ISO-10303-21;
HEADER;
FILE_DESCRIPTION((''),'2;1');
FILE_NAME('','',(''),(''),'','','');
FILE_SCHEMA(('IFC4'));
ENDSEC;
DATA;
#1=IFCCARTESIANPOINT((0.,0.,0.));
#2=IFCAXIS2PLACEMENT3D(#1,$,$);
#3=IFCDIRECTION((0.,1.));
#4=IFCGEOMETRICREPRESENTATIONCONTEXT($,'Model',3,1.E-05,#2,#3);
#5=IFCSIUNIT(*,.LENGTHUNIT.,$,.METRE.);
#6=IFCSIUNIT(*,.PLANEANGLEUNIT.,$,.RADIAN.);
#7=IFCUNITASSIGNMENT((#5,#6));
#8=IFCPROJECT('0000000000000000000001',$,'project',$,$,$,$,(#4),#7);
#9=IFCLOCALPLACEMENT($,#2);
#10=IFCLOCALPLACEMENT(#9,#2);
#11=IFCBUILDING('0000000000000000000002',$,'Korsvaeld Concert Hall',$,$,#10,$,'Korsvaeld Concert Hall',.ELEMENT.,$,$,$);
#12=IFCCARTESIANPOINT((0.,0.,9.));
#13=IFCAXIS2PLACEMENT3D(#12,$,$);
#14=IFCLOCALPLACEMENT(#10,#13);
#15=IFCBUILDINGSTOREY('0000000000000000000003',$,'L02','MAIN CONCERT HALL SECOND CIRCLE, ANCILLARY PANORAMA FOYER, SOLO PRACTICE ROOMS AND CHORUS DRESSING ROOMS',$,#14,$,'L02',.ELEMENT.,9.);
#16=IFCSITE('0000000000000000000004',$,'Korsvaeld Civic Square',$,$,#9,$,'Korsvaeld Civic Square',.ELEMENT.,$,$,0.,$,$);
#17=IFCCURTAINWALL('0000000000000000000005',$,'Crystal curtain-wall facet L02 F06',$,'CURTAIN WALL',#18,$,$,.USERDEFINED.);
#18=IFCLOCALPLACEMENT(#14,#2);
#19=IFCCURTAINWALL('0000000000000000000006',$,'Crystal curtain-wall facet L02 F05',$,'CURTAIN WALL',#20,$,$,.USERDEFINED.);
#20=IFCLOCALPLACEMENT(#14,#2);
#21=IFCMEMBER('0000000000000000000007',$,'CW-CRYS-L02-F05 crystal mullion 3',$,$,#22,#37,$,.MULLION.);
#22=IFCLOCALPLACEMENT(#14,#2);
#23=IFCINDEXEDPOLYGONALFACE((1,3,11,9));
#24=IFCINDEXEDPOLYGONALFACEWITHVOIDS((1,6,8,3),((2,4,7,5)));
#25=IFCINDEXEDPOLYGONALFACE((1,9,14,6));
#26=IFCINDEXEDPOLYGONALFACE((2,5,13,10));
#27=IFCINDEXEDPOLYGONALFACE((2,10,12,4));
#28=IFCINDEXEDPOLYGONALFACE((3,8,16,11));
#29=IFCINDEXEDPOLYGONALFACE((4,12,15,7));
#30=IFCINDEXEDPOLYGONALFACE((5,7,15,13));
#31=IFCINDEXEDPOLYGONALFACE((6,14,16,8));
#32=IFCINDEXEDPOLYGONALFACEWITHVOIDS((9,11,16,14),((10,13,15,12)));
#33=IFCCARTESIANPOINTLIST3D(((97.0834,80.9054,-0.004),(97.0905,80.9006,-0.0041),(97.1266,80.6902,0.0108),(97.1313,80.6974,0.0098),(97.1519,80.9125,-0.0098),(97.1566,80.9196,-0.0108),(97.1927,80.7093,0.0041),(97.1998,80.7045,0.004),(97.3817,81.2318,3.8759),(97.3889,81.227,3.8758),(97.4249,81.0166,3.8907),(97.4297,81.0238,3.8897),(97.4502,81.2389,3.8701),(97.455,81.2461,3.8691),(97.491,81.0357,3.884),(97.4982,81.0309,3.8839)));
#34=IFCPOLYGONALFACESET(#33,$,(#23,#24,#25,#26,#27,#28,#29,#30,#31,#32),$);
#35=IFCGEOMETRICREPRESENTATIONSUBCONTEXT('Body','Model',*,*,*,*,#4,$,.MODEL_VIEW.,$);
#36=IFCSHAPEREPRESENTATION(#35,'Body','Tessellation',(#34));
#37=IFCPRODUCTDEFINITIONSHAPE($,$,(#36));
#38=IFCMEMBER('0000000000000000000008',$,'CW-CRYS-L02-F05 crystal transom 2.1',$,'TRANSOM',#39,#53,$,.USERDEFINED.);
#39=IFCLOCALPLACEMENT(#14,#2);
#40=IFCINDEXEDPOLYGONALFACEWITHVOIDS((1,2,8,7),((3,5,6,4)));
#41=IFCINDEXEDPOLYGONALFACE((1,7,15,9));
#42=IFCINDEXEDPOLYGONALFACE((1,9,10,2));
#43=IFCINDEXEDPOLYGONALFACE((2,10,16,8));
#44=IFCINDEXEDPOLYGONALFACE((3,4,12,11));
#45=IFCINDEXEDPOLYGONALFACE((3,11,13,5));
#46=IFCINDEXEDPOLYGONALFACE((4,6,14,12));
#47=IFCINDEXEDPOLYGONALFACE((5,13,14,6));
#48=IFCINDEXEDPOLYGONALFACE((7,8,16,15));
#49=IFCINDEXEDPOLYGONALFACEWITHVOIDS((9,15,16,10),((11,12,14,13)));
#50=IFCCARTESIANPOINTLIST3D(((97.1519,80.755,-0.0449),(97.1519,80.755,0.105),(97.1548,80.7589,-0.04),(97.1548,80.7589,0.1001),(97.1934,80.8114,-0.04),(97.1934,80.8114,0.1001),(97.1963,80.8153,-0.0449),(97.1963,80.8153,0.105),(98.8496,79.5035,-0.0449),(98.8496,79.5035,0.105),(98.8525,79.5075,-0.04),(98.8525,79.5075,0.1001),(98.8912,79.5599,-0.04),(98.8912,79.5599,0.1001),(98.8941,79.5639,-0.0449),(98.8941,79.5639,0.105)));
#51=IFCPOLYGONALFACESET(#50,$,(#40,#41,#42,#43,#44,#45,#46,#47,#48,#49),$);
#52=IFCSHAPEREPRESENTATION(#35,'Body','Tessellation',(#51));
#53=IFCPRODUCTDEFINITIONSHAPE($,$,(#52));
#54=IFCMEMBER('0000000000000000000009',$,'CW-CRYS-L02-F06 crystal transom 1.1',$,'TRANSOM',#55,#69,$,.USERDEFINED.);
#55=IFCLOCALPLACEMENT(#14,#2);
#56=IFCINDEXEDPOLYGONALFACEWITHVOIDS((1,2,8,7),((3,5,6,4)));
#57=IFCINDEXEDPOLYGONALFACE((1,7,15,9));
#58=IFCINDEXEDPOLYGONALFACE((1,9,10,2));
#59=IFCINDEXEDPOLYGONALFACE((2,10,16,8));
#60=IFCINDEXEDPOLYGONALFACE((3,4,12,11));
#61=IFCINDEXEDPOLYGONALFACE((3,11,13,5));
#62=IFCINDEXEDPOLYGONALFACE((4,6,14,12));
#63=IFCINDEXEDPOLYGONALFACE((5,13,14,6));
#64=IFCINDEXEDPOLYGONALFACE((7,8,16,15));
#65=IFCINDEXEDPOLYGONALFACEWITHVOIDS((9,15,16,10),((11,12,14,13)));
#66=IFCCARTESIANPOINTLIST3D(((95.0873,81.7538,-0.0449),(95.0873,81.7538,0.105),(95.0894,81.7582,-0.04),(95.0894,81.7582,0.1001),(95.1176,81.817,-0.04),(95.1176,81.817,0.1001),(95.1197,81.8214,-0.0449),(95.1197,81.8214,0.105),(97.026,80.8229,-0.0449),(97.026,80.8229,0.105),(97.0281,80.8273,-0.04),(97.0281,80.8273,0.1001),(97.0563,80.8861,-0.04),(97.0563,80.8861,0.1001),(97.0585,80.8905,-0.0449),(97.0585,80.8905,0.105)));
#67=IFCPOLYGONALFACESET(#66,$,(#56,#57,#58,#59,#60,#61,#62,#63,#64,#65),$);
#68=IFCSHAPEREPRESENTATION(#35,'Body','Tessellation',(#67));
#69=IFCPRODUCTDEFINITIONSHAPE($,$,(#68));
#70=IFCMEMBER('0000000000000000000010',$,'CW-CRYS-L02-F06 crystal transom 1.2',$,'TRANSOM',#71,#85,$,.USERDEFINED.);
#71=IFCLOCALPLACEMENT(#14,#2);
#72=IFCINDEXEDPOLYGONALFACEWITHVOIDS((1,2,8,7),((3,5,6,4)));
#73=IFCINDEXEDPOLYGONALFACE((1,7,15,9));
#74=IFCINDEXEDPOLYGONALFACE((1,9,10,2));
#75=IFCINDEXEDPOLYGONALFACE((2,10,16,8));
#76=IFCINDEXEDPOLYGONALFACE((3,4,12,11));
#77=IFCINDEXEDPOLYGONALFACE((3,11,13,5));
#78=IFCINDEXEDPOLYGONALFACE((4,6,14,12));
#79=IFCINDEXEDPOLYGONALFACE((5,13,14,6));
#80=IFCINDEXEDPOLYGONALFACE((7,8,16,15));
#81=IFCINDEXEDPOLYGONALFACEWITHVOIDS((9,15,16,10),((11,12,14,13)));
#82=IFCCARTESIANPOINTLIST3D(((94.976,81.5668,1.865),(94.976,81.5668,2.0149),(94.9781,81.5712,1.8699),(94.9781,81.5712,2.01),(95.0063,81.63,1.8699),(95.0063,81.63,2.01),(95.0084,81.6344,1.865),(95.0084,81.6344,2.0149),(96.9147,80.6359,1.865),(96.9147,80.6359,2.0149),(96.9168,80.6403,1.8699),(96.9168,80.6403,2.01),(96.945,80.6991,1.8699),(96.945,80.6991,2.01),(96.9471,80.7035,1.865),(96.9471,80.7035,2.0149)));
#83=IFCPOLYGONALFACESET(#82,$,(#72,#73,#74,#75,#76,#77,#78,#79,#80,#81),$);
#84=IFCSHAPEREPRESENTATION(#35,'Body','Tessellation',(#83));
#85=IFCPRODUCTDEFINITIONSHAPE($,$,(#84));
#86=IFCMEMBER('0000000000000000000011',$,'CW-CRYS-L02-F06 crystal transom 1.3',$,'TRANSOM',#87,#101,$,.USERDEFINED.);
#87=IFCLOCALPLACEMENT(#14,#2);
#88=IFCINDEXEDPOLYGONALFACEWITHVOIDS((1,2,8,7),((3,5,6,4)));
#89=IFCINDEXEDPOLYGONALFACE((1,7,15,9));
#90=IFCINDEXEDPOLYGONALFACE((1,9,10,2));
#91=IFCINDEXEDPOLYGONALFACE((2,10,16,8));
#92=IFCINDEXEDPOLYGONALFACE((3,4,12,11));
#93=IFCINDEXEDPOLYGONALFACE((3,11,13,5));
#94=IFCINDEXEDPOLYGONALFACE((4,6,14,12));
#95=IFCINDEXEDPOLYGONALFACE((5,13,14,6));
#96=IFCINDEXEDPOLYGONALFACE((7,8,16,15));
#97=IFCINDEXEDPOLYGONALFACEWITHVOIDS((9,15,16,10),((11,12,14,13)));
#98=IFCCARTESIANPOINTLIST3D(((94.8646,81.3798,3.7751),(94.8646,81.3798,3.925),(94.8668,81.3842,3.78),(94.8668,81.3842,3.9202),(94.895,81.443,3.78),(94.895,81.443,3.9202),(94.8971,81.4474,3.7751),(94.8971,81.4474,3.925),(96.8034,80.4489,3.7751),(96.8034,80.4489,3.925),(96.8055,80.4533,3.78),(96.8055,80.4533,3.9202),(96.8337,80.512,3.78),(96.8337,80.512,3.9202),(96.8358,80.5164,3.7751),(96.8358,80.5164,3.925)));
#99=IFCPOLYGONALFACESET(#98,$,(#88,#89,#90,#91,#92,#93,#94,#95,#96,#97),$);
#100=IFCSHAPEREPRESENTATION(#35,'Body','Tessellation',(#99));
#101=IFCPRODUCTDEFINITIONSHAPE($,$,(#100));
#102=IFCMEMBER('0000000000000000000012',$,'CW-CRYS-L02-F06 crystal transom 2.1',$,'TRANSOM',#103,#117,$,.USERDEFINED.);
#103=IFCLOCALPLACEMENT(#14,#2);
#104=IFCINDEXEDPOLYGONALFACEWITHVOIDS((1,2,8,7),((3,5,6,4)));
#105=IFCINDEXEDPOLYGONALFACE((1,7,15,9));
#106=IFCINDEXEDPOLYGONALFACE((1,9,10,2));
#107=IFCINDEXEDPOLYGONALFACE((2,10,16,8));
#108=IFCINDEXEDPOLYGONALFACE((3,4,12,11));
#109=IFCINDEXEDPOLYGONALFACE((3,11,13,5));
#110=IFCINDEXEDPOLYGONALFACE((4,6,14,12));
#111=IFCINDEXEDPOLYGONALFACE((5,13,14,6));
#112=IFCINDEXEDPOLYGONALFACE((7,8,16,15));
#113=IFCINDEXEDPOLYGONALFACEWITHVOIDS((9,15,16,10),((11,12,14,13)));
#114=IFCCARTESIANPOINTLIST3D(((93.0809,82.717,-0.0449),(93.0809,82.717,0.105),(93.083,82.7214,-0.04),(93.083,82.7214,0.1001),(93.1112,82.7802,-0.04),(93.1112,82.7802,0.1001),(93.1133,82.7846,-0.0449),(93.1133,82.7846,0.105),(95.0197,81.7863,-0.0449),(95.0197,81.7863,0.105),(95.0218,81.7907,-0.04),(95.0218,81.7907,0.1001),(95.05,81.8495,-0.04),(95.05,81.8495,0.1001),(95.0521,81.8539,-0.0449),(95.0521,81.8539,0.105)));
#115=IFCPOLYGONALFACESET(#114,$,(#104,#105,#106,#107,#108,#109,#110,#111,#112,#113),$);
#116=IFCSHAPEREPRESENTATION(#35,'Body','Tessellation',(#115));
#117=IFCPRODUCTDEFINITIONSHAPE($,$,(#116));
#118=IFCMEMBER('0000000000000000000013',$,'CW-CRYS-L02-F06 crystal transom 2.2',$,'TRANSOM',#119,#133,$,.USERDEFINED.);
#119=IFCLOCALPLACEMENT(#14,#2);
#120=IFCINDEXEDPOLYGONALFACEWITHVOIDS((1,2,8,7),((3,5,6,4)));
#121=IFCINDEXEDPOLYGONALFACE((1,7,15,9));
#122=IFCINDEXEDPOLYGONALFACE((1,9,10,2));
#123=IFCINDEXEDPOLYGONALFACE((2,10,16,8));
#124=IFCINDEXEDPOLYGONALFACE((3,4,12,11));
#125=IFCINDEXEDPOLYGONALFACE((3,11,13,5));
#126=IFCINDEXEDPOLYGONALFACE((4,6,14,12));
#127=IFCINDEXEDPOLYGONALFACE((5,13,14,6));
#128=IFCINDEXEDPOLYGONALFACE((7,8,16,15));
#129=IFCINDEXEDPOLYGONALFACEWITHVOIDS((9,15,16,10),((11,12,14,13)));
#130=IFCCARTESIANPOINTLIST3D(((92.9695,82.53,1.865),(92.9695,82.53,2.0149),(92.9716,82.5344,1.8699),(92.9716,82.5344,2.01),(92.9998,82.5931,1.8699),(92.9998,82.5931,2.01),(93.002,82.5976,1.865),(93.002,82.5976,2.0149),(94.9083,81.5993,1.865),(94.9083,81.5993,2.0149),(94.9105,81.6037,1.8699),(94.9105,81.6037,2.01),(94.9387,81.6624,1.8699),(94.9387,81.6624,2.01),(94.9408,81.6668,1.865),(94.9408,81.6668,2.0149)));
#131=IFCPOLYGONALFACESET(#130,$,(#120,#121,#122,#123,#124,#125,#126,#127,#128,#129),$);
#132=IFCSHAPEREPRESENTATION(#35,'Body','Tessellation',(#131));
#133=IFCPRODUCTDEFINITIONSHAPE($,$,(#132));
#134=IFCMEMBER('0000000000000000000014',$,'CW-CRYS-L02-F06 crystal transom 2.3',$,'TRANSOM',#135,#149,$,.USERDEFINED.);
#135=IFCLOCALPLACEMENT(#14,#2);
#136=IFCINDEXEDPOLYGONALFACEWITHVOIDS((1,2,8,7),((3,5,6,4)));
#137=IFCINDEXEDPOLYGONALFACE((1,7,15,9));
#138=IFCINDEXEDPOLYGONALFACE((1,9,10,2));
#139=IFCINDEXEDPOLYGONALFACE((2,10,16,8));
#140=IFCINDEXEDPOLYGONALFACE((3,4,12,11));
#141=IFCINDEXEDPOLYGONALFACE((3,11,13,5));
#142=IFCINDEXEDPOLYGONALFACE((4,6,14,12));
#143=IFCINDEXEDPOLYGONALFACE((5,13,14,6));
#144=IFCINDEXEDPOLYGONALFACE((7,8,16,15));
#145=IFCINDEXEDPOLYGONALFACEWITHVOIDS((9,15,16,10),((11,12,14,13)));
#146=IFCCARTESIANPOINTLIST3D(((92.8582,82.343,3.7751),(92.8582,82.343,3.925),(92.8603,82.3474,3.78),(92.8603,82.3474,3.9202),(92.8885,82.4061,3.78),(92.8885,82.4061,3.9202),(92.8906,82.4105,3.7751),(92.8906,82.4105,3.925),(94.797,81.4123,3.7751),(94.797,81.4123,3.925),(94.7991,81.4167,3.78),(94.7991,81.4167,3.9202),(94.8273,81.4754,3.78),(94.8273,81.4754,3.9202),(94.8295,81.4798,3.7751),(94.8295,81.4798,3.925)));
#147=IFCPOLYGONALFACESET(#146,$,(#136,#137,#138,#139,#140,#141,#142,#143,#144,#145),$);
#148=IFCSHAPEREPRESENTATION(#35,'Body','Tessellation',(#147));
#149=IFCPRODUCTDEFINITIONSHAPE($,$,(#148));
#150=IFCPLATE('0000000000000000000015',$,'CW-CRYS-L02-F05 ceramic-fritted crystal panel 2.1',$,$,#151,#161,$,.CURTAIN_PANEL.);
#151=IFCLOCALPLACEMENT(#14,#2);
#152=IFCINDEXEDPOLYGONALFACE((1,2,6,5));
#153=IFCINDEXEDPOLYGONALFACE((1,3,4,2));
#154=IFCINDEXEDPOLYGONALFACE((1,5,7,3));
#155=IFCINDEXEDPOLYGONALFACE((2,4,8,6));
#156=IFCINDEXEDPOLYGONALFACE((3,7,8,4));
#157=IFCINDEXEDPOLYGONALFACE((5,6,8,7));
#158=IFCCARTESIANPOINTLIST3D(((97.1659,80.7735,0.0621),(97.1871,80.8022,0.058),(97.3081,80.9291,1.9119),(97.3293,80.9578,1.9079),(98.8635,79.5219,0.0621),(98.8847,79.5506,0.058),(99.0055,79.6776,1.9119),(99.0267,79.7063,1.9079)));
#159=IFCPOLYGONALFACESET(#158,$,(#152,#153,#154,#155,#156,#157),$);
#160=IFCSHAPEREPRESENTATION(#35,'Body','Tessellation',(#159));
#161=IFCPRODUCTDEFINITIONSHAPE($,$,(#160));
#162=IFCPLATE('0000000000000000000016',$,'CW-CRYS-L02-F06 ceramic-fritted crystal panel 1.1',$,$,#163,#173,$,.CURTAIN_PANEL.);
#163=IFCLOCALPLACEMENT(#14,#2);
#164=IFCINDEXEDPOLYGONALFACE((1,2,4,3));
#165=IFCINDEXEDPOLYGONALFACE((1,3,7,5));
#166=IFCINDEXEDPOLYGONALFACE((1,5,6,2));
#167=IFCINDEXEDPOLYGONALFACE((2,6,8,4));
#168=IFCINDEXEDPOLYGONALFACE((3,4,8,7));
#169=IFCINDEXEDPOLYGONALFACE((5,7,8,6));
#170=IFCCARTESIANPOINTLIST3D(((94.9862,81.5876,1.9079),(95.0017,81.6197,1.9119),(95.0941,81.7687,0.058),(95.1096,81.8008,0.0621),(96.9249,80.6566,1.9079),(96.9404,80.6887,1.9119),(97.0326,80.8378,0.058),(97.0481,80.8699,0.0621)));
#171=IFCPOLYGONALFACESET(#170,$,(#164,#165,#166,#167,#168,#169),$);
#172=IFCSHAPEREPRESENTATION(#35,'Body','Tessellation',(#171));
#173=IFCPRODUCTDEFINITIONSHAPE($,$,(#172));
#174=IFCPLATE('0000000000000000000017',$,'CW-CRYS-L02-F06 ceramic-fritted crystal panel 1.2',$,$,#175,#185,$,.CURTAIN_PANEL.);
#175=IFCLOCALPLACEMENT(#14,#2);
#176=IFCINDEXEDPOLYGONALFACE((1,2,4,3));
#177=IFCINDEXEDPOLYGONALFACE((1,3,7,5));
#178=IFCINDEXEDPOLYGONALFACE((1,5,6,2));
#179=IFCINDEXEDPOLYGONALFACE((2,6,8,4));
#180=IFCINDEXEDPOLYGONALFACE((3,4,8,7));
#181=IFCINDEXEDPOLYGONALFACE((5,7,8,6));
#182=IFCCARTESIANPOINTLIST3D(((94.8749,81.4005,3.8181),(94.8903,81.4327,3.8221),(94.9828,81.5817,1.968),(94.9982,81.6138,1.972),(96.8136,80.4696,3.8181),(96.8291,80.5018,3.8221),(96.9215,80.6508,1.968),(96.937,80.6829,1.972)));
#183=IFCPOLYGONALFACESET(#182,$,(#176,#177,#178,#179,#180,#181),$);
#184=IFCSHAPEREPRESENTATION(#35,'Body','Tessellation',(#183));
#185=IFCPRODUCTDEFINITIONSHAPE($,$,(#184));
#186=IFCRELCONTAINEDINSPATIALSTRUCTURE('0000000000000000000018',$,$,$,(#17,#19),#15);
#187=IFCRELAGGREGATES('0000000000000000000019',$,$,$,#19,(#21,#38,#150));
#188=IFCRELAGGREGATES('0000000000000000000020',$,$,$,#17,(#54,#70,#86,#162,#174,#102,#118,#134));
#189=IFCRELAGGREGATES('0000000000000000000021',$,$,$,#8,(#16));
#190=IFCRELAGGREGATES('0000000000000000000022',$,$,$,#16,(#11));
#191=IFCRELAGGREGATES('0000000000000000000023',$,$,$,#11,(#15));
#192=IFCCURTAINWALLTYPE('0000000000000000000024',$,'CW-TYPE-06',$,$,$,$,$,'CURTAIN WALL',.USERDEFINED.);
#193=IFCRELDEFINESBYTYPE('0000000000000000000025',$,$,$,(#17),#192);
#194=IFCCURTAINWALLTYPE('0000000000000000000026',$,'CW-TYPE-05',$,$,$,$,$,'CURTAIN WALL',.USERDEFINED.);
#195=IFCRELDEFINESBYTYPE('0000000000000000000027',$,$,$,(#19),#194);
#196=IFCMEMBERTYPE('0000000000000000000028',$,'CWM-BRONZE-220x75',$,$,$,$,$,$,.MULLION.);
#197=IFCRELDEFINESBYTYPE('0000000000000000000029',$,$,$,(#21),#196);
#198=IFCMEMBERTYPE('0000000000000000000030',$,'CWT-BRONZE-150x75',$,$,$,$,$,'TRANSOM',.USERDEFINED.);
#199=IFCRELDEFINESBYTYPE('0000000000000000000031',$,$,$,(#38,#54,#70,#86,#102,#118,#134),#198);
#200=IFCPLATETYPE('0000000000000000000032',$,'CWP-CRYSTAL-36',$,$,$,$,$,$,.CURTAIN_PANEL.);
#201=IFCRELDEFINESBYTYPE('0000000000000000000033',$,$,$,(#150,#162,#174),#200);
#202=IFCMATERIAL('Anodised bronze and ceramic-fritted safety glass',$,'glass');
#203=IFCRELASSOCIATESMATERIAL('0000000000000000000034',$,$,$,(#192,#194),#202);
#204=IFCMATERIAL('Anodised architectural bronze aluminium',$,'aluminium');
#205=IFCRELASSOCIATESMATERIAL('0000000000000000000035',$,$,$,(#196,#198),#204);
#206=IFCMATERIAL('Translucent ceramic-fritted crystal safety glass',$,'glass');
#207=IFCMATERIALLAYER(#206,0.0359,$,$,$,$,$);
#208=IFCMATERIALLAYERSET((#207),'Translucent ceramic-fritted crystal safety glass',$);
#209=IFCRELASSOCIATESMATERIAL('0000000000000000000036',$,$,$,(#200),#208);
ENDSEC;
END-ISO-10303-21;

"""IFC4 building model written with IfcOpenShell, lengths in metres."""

from ifc_helpers import new_model, si_unit, direction, frame, origin, origin_2d, place, context, subcontext, project, spatial, polyline, hollow_rectangle, outline, extrude, material, layer, layer_set, material_profile, profile_set, type_object, element, aggregate, save


model = new_model("IFC4")

# Units and contexts
model_context = context("Model", 3, precision=1e-05, world=origin(), true_north=direction((0.0, 1.0)))
body_context = subcontext(model_context, "Body", "Model", "MODEL_VIEW")
ifc_project = project(units=[si_unit("LENGTHUNIT", "METRE"), si_unit("PLANEANGLEUNIT", "RADIAN")], contexts=[model_context])

# Site, building, storey
site_placement = place(None, origin())
site = spatial("IfcSite", under=ifc_project, at=site_placement, Name="Korsvaeld Civic Square", LongName="Korsvaeld Civic Square", CompositionType="ELEMENT", RefElevation=0.0)
building_placement = place(site_placement, origin())
building = spatial("IfcBuilding", under=site, at=building_placement, Name="Korsvaeld Concert Hall", LongName="Korsvaeld Concert Hall", CompositionType="ELEMENT")
storey_placement = place(building_placement, frame((0.0, 0.0, 9.0)))
storey = spatial("IfcBuildingStorey", under=building, at=storey_placement, Name="L02", Description="MAIN CONCERT HALL SECOND CIRCLE, ANCILLARY PANORAMA FOYER, SOLO PRACTICE ROOMS AND CHORUS DRESSING ROOMS", LongName="L02", CompositionType="ELEMENT", Elevation=9.0)

# Curtain walls, members
ifc_material_1 = material(Name="Anodised bronze and ceramic-fritted safety glass", Category="glass")
curtain_wall_type_1 = type_object("IfcCurtainWallType", Name="CW-TYPE-06", ElementType="CURTAIN WALL", PredefinedType="USERDEFINED", material=ifc_material_1)
curtain_wall_1_placement = place(storey_placement, origin())
curtain_wall_1 = element("IfcCurtainWall", 1, at=curtain_wall_1_placement, inside=storey, type_object=curtain_wall_type_1, Name="Crystal curtain-wall facet L02 F06", ObjectType="CURTAIN WALL", PredefinedType="USERDEFINED")
ifc_material_2 = material(Name="Anodised architectural bronze aluminium", Category="aluminium")
curtain_wall_type_2 = type_object("IfcCurtainWallType", Name="CW-TYPE-05", ElementType="CURTAIN WALL", PredefinedType="USERDEFINED", material=ifc_material_1)
curtain_wall_2_placement = place(storey_placement, origin())
curtain_wall_2 = element("IfcCurtainWall", 2, at=curtain_wall_2_placement, inside=storey, type_object=curtain_wall_type_2, Name="Crystal curtain-wall facet L02 F05", ObjectType="CURTAIN WALL", PredefinedType="USERDEFINED")
ifc_material_profile_1 = material_profile(ifc_material_2, hollow_rectangle(XDim=0.075, YDim=0.22, WallThickness=0.0061, at=origin_2d()), Name="CWM 220x75x6")
ifc_profile_set_1 = profile_set([ifc_material_profile_1], Name="Anodised architectural bronze aluminium")
member_type_1 = type_object("IfcMemberType", Name="CWM-BRONZE-220x75", PredefinedType="MULLION", material=ifc_profile_set_1)
member_1_placement = place(storey_placement, frame((97.1416, 80.8049, 0.0), z_axis=(0.076399, 0.083589, 0.993567), x_axis=(0.977549, 0.18997, -0.09115)))
member_1 = element("IfcMember", 3, at=member_1_placement, type_object=member_type_1, Name="CW-CRYS-L02-F05 crystal mullion 3", PredefinedType="MULLION", context=body_context, shape_type="SweptSolid", body=[
    extrude(hollow_rectangle(XDim=0.075, YDim=0.22, WallThickness=0.0061, at=origin_2d()), origin(), (0.0, 0.0, 1.0), 3.905),
])
ifc_material_profile_2 = material_profile(ifc_material_2, hollow_rectangle(XDim=0.075, YDim=0.1499, WallThickness=0.0049, at=origin_2d()), Name="CWT 150x75x5")
ifc_profile_set_2 = profile_set([ifc_material_profile_2], Name="Anodised architectural bronze aluminium")
member_type_2 = type_object("IfcMemberType", Name="CWT-BRONZE-150x75", ElementType="TRANSOM", PredefinedType="USERDEFINED", material=ifc_profile_set_2)
member_2_placement = place(storey_placement, frame((98.8718, 79.5337, 0.03), z_axis=(-0.804945, 0.593349, 0.0), x_axis=(-0.593349, -0.804945, 0.0)))
member_2 = element("IfcMember", 4, at=member_2_placement, type_object=member_type_2, Name="CW-CRYS-L02-F05 crystal transom 2.1", ObjectType="TRANSOM", PredefinedType="USERDEFINED", context=body_context, shape_type="SweptSolid", body=[
    extrude(hollow_rectangle(XDim=0.075, YDim=0.1499, WallThickness=0.0049, at=origin_2d()), origin(), (0.0, 0.0, 1.0), 2.1091),
])

# Members
member_3_placement = place(storey_placement, frame((97.0422, 80.8567, 0.03), z_axis=(-0.901465, 0.432853, 0.0), x_axis=(-0.432853, -0.901465, 0.0)))
member_3 = element("IfcMember", 5, at=member_3_placement, type_object=member_type_2, Name="CW-CRYS-L02-F06 crystal transom 1.1", ObjectType="TRANSOM", PredefinedType="USERDEFINED", context=body_context, shape_type="SweptSolid", body=[
    extrude(hollow_rectangle(XDim=0.075, YDim=0.1499, WallThickness=0.0049, at=origin_2d()), origin(), (0.0, 0.0, 1.0), 2.1506),
])
member_4_placement = place(storey_placement, frame((96.9309, 80.6697, 1.9399), z_axis=(-0.901465, 0.432853, 0.0), x_axis=(-0.432853, -0.901465, 0.0)))
member_4 = element("IfcMember", 6, at=member_4_placement, type_object=member_type_2, Name="CW-CRYS-L02-F06 crystal transom 1.2", ObjectType="TRANSOM", PredefinedType="USERDEFINED", context=body_context, shape_type="SweptSolid", body=[
    extrude(hollow_rectangle(XDim=0.075, YDim=0.1499, WallThickness=0.0049, at=origin_2d()), origin(), (0.0, 0.0, 1.0), 2.1506),
])
member_5_placement = place(storey_placement, frame((96.8196, 80.4827, 3.8501), z_axis=(-0.901465, 0.432853, 0.0), x_axis=(-0.432853, -0.901465, 0.0)))
member_5 = element("IfcMember", 7, at=member_5_placement, type_object=member_type_2, Name="CW-CRYS-L02-F06 crystal transom 1.3", ObjectType="TRANSOM", PredefinedType="USERDEFINED", context=body_context, shape_type="SweptSolid", body=[
    extrude(hollow_rectangle(XDim=0.075, YDim=0.1499, WallThickness=0.0049, at=origin_2d()), origin(), (0.0, 0.0, 1.0), 2.1506),
])
member_6_placement = place(storey_placement, frame((95.0359, 81.8201, 0.03), z_axis=(-0.901509, 0.432761, 0.0), x_axis=(-0.432761, -0.901509, 0.0)))
member_6 = element("IfcMember", 8, at=member_6_placement, type_object=member_type_2, Name="CW-CRYS-L02-F06 crystal transom 2.1", ObjectType="TRANSOM", PredefinedType="USERDEFINED", context=body_context, shape_type="SweptSolid", body=[
    extrude(hollow_rectangle(XDim=0.075, YDim=0.1499, WallThickness=0.0049, at=origin_2d()), origin(), (0.0, 0.0, 1.0), 2.1506),
])
member_7_placement = place(storey_placement, frame((94.9246, 81.6331, 1.9399), z_axis=(-0.901509, 0.432761, 0.0), x_axis=(-0.432761, -0.901509, 0.0)))
member_7 = element("IfcMember", 9, at=member_7_placement, type_object=member_type_2, Name="CW-CRYS-L02-F06 crystal transom 2.2", ObjectType="TRANSOM", PredefinedType="USERDEFINED", context=body_context, shape_type="SweptSolid", body=[
    extrude(hollow_rectangle(XDim=0.075, YDim=0.1499, WallThickness=0.0049, at=origin_2d()), origin(), (0.0, 0.0, 1.0), 2.1506),
])
member_8_placement = place(storey_placement, frame((94.8132, 81.446, 3.8501), z_axis=(-0.901509, 0.432761, 0.0), x_axis=(-0.432761, -0.901509, 0.0)))
member_8 = element("IfcMember", 10, at=member_8_placement, type_object=member_type_2, Name="CW-CRYS-L02-F06 crystal transom 2.3", ObjectType="TRANSOM", PredefinedType="USERDEFINED", context=body_context, shape_type="SweptSolid", body=[
    extrude(hollow_rectangle(XDim=0.075, YDim=0.1499, WallThickness=0.0049, at=origin_2d()), origin(), (0.0, 0.0, 1.0), 2.1506),
])

# Plates
ifc_material_3 = material(Name="Translucent ceramic-fritted crystal safety glass", Category="glass")
ifc_layer_1 = layer(ifc_material_3, 0.0359)
ifc_layer_set_1 = layer_set([ifc_layer_1], Name="Translucent ceramic-fritted crystal safety glass")
plate_type = type_object("IfcPlateType", Name="CWP-CRYSTAL-36", PredefinedType="CURTAIN_PANEL", material=ifc_layer_set_1)
plate_1_placement = place(storey_placement, frame((98.874, 79.5361, 0.0601), z_axis=(0.589669, 0.79976, -0.112582), x_axis=(-0.804877, 0.593442, 0.000005)))
plate_1 = element("IfcPlate", 11, at=plate_1_placement, type_object=plate_type, Name="CW-CRYS-L02-F05 ceramic-fritted crystal panel 2.1", PredefinedType="CURTAIN_PANEL", context=body_context, shape_type="SweptSolid", body=[
    extrude(outline(polyline([(0.0, 0.0), (2.1091, 0.0), (2.087, 1.8617), (-0.0219, 1.8617), (0.0, 0.0)])), frame((0.0, 0.0, 0.0181)), (0.0, 0.0, -1.0), 0.0359),
])
aggregate(curtain_wall_2, [member_1, member_2, plate_1])
plate_2_placement = place(storey_placement, frame((97.0403, 80.8538, 0.0601), z_axis=(0.430113, 0.895703, 0.112776), x_axis=(-0.901454, 0.432875, -0.000003)))
plate_2 = element("IfcPlate", 12, at=plate_2_placement, type_object=plate_type, Name="CW-CRYS-L02-F06 ceramic-fritted crystal panel 1.1", PredefinedType="CURTAIN_PANEL", context=body_context, shape_type="SweptSolid", body=[
    extrude(outline(polyline([(0.0, 0.0), (2.1504, 0.0), (2.1693, 1.8617), (0.0186, 1.8617), (0.0, 0.0)])), frame((0.0, 0.0, 0.0181)), (0.0, 0.0, -1.0), 0.0359),
])
plate_3_placement = place(storey_placement, frame((96.9292, 80.6667, 1.97), z_axis=(0.430091, 0.895712, 0.112789), x_axis=(-0.901465, 0.432853, 0.0)))
plate_3 = element("IfcPlate", 13, at=plate_3_placement, type_object=plate_type, Name="CW-CRYS-L02-F06 ceramic-fritted crystal panel 1.2", PredefinedType="CURTAIN_PANEL", context=body_context, shape_type="SweptSolid", body=[
    extrude(outline(polyline([(0.0, 0.0), (2.1506, 0.0), (2.1695, 1.862), (0.0189, 1.862), (0.0, 0.0)])), frame((0.0, 0.0, 0.0181)), (0.0, 0.0, -1.0), 0.0359),
])
aggregate(curtain_wall_1, [member_3, member_4, member_5, plate_2, plate_3, member_6, member_7, member_8])

save(model, "model.ifc")
